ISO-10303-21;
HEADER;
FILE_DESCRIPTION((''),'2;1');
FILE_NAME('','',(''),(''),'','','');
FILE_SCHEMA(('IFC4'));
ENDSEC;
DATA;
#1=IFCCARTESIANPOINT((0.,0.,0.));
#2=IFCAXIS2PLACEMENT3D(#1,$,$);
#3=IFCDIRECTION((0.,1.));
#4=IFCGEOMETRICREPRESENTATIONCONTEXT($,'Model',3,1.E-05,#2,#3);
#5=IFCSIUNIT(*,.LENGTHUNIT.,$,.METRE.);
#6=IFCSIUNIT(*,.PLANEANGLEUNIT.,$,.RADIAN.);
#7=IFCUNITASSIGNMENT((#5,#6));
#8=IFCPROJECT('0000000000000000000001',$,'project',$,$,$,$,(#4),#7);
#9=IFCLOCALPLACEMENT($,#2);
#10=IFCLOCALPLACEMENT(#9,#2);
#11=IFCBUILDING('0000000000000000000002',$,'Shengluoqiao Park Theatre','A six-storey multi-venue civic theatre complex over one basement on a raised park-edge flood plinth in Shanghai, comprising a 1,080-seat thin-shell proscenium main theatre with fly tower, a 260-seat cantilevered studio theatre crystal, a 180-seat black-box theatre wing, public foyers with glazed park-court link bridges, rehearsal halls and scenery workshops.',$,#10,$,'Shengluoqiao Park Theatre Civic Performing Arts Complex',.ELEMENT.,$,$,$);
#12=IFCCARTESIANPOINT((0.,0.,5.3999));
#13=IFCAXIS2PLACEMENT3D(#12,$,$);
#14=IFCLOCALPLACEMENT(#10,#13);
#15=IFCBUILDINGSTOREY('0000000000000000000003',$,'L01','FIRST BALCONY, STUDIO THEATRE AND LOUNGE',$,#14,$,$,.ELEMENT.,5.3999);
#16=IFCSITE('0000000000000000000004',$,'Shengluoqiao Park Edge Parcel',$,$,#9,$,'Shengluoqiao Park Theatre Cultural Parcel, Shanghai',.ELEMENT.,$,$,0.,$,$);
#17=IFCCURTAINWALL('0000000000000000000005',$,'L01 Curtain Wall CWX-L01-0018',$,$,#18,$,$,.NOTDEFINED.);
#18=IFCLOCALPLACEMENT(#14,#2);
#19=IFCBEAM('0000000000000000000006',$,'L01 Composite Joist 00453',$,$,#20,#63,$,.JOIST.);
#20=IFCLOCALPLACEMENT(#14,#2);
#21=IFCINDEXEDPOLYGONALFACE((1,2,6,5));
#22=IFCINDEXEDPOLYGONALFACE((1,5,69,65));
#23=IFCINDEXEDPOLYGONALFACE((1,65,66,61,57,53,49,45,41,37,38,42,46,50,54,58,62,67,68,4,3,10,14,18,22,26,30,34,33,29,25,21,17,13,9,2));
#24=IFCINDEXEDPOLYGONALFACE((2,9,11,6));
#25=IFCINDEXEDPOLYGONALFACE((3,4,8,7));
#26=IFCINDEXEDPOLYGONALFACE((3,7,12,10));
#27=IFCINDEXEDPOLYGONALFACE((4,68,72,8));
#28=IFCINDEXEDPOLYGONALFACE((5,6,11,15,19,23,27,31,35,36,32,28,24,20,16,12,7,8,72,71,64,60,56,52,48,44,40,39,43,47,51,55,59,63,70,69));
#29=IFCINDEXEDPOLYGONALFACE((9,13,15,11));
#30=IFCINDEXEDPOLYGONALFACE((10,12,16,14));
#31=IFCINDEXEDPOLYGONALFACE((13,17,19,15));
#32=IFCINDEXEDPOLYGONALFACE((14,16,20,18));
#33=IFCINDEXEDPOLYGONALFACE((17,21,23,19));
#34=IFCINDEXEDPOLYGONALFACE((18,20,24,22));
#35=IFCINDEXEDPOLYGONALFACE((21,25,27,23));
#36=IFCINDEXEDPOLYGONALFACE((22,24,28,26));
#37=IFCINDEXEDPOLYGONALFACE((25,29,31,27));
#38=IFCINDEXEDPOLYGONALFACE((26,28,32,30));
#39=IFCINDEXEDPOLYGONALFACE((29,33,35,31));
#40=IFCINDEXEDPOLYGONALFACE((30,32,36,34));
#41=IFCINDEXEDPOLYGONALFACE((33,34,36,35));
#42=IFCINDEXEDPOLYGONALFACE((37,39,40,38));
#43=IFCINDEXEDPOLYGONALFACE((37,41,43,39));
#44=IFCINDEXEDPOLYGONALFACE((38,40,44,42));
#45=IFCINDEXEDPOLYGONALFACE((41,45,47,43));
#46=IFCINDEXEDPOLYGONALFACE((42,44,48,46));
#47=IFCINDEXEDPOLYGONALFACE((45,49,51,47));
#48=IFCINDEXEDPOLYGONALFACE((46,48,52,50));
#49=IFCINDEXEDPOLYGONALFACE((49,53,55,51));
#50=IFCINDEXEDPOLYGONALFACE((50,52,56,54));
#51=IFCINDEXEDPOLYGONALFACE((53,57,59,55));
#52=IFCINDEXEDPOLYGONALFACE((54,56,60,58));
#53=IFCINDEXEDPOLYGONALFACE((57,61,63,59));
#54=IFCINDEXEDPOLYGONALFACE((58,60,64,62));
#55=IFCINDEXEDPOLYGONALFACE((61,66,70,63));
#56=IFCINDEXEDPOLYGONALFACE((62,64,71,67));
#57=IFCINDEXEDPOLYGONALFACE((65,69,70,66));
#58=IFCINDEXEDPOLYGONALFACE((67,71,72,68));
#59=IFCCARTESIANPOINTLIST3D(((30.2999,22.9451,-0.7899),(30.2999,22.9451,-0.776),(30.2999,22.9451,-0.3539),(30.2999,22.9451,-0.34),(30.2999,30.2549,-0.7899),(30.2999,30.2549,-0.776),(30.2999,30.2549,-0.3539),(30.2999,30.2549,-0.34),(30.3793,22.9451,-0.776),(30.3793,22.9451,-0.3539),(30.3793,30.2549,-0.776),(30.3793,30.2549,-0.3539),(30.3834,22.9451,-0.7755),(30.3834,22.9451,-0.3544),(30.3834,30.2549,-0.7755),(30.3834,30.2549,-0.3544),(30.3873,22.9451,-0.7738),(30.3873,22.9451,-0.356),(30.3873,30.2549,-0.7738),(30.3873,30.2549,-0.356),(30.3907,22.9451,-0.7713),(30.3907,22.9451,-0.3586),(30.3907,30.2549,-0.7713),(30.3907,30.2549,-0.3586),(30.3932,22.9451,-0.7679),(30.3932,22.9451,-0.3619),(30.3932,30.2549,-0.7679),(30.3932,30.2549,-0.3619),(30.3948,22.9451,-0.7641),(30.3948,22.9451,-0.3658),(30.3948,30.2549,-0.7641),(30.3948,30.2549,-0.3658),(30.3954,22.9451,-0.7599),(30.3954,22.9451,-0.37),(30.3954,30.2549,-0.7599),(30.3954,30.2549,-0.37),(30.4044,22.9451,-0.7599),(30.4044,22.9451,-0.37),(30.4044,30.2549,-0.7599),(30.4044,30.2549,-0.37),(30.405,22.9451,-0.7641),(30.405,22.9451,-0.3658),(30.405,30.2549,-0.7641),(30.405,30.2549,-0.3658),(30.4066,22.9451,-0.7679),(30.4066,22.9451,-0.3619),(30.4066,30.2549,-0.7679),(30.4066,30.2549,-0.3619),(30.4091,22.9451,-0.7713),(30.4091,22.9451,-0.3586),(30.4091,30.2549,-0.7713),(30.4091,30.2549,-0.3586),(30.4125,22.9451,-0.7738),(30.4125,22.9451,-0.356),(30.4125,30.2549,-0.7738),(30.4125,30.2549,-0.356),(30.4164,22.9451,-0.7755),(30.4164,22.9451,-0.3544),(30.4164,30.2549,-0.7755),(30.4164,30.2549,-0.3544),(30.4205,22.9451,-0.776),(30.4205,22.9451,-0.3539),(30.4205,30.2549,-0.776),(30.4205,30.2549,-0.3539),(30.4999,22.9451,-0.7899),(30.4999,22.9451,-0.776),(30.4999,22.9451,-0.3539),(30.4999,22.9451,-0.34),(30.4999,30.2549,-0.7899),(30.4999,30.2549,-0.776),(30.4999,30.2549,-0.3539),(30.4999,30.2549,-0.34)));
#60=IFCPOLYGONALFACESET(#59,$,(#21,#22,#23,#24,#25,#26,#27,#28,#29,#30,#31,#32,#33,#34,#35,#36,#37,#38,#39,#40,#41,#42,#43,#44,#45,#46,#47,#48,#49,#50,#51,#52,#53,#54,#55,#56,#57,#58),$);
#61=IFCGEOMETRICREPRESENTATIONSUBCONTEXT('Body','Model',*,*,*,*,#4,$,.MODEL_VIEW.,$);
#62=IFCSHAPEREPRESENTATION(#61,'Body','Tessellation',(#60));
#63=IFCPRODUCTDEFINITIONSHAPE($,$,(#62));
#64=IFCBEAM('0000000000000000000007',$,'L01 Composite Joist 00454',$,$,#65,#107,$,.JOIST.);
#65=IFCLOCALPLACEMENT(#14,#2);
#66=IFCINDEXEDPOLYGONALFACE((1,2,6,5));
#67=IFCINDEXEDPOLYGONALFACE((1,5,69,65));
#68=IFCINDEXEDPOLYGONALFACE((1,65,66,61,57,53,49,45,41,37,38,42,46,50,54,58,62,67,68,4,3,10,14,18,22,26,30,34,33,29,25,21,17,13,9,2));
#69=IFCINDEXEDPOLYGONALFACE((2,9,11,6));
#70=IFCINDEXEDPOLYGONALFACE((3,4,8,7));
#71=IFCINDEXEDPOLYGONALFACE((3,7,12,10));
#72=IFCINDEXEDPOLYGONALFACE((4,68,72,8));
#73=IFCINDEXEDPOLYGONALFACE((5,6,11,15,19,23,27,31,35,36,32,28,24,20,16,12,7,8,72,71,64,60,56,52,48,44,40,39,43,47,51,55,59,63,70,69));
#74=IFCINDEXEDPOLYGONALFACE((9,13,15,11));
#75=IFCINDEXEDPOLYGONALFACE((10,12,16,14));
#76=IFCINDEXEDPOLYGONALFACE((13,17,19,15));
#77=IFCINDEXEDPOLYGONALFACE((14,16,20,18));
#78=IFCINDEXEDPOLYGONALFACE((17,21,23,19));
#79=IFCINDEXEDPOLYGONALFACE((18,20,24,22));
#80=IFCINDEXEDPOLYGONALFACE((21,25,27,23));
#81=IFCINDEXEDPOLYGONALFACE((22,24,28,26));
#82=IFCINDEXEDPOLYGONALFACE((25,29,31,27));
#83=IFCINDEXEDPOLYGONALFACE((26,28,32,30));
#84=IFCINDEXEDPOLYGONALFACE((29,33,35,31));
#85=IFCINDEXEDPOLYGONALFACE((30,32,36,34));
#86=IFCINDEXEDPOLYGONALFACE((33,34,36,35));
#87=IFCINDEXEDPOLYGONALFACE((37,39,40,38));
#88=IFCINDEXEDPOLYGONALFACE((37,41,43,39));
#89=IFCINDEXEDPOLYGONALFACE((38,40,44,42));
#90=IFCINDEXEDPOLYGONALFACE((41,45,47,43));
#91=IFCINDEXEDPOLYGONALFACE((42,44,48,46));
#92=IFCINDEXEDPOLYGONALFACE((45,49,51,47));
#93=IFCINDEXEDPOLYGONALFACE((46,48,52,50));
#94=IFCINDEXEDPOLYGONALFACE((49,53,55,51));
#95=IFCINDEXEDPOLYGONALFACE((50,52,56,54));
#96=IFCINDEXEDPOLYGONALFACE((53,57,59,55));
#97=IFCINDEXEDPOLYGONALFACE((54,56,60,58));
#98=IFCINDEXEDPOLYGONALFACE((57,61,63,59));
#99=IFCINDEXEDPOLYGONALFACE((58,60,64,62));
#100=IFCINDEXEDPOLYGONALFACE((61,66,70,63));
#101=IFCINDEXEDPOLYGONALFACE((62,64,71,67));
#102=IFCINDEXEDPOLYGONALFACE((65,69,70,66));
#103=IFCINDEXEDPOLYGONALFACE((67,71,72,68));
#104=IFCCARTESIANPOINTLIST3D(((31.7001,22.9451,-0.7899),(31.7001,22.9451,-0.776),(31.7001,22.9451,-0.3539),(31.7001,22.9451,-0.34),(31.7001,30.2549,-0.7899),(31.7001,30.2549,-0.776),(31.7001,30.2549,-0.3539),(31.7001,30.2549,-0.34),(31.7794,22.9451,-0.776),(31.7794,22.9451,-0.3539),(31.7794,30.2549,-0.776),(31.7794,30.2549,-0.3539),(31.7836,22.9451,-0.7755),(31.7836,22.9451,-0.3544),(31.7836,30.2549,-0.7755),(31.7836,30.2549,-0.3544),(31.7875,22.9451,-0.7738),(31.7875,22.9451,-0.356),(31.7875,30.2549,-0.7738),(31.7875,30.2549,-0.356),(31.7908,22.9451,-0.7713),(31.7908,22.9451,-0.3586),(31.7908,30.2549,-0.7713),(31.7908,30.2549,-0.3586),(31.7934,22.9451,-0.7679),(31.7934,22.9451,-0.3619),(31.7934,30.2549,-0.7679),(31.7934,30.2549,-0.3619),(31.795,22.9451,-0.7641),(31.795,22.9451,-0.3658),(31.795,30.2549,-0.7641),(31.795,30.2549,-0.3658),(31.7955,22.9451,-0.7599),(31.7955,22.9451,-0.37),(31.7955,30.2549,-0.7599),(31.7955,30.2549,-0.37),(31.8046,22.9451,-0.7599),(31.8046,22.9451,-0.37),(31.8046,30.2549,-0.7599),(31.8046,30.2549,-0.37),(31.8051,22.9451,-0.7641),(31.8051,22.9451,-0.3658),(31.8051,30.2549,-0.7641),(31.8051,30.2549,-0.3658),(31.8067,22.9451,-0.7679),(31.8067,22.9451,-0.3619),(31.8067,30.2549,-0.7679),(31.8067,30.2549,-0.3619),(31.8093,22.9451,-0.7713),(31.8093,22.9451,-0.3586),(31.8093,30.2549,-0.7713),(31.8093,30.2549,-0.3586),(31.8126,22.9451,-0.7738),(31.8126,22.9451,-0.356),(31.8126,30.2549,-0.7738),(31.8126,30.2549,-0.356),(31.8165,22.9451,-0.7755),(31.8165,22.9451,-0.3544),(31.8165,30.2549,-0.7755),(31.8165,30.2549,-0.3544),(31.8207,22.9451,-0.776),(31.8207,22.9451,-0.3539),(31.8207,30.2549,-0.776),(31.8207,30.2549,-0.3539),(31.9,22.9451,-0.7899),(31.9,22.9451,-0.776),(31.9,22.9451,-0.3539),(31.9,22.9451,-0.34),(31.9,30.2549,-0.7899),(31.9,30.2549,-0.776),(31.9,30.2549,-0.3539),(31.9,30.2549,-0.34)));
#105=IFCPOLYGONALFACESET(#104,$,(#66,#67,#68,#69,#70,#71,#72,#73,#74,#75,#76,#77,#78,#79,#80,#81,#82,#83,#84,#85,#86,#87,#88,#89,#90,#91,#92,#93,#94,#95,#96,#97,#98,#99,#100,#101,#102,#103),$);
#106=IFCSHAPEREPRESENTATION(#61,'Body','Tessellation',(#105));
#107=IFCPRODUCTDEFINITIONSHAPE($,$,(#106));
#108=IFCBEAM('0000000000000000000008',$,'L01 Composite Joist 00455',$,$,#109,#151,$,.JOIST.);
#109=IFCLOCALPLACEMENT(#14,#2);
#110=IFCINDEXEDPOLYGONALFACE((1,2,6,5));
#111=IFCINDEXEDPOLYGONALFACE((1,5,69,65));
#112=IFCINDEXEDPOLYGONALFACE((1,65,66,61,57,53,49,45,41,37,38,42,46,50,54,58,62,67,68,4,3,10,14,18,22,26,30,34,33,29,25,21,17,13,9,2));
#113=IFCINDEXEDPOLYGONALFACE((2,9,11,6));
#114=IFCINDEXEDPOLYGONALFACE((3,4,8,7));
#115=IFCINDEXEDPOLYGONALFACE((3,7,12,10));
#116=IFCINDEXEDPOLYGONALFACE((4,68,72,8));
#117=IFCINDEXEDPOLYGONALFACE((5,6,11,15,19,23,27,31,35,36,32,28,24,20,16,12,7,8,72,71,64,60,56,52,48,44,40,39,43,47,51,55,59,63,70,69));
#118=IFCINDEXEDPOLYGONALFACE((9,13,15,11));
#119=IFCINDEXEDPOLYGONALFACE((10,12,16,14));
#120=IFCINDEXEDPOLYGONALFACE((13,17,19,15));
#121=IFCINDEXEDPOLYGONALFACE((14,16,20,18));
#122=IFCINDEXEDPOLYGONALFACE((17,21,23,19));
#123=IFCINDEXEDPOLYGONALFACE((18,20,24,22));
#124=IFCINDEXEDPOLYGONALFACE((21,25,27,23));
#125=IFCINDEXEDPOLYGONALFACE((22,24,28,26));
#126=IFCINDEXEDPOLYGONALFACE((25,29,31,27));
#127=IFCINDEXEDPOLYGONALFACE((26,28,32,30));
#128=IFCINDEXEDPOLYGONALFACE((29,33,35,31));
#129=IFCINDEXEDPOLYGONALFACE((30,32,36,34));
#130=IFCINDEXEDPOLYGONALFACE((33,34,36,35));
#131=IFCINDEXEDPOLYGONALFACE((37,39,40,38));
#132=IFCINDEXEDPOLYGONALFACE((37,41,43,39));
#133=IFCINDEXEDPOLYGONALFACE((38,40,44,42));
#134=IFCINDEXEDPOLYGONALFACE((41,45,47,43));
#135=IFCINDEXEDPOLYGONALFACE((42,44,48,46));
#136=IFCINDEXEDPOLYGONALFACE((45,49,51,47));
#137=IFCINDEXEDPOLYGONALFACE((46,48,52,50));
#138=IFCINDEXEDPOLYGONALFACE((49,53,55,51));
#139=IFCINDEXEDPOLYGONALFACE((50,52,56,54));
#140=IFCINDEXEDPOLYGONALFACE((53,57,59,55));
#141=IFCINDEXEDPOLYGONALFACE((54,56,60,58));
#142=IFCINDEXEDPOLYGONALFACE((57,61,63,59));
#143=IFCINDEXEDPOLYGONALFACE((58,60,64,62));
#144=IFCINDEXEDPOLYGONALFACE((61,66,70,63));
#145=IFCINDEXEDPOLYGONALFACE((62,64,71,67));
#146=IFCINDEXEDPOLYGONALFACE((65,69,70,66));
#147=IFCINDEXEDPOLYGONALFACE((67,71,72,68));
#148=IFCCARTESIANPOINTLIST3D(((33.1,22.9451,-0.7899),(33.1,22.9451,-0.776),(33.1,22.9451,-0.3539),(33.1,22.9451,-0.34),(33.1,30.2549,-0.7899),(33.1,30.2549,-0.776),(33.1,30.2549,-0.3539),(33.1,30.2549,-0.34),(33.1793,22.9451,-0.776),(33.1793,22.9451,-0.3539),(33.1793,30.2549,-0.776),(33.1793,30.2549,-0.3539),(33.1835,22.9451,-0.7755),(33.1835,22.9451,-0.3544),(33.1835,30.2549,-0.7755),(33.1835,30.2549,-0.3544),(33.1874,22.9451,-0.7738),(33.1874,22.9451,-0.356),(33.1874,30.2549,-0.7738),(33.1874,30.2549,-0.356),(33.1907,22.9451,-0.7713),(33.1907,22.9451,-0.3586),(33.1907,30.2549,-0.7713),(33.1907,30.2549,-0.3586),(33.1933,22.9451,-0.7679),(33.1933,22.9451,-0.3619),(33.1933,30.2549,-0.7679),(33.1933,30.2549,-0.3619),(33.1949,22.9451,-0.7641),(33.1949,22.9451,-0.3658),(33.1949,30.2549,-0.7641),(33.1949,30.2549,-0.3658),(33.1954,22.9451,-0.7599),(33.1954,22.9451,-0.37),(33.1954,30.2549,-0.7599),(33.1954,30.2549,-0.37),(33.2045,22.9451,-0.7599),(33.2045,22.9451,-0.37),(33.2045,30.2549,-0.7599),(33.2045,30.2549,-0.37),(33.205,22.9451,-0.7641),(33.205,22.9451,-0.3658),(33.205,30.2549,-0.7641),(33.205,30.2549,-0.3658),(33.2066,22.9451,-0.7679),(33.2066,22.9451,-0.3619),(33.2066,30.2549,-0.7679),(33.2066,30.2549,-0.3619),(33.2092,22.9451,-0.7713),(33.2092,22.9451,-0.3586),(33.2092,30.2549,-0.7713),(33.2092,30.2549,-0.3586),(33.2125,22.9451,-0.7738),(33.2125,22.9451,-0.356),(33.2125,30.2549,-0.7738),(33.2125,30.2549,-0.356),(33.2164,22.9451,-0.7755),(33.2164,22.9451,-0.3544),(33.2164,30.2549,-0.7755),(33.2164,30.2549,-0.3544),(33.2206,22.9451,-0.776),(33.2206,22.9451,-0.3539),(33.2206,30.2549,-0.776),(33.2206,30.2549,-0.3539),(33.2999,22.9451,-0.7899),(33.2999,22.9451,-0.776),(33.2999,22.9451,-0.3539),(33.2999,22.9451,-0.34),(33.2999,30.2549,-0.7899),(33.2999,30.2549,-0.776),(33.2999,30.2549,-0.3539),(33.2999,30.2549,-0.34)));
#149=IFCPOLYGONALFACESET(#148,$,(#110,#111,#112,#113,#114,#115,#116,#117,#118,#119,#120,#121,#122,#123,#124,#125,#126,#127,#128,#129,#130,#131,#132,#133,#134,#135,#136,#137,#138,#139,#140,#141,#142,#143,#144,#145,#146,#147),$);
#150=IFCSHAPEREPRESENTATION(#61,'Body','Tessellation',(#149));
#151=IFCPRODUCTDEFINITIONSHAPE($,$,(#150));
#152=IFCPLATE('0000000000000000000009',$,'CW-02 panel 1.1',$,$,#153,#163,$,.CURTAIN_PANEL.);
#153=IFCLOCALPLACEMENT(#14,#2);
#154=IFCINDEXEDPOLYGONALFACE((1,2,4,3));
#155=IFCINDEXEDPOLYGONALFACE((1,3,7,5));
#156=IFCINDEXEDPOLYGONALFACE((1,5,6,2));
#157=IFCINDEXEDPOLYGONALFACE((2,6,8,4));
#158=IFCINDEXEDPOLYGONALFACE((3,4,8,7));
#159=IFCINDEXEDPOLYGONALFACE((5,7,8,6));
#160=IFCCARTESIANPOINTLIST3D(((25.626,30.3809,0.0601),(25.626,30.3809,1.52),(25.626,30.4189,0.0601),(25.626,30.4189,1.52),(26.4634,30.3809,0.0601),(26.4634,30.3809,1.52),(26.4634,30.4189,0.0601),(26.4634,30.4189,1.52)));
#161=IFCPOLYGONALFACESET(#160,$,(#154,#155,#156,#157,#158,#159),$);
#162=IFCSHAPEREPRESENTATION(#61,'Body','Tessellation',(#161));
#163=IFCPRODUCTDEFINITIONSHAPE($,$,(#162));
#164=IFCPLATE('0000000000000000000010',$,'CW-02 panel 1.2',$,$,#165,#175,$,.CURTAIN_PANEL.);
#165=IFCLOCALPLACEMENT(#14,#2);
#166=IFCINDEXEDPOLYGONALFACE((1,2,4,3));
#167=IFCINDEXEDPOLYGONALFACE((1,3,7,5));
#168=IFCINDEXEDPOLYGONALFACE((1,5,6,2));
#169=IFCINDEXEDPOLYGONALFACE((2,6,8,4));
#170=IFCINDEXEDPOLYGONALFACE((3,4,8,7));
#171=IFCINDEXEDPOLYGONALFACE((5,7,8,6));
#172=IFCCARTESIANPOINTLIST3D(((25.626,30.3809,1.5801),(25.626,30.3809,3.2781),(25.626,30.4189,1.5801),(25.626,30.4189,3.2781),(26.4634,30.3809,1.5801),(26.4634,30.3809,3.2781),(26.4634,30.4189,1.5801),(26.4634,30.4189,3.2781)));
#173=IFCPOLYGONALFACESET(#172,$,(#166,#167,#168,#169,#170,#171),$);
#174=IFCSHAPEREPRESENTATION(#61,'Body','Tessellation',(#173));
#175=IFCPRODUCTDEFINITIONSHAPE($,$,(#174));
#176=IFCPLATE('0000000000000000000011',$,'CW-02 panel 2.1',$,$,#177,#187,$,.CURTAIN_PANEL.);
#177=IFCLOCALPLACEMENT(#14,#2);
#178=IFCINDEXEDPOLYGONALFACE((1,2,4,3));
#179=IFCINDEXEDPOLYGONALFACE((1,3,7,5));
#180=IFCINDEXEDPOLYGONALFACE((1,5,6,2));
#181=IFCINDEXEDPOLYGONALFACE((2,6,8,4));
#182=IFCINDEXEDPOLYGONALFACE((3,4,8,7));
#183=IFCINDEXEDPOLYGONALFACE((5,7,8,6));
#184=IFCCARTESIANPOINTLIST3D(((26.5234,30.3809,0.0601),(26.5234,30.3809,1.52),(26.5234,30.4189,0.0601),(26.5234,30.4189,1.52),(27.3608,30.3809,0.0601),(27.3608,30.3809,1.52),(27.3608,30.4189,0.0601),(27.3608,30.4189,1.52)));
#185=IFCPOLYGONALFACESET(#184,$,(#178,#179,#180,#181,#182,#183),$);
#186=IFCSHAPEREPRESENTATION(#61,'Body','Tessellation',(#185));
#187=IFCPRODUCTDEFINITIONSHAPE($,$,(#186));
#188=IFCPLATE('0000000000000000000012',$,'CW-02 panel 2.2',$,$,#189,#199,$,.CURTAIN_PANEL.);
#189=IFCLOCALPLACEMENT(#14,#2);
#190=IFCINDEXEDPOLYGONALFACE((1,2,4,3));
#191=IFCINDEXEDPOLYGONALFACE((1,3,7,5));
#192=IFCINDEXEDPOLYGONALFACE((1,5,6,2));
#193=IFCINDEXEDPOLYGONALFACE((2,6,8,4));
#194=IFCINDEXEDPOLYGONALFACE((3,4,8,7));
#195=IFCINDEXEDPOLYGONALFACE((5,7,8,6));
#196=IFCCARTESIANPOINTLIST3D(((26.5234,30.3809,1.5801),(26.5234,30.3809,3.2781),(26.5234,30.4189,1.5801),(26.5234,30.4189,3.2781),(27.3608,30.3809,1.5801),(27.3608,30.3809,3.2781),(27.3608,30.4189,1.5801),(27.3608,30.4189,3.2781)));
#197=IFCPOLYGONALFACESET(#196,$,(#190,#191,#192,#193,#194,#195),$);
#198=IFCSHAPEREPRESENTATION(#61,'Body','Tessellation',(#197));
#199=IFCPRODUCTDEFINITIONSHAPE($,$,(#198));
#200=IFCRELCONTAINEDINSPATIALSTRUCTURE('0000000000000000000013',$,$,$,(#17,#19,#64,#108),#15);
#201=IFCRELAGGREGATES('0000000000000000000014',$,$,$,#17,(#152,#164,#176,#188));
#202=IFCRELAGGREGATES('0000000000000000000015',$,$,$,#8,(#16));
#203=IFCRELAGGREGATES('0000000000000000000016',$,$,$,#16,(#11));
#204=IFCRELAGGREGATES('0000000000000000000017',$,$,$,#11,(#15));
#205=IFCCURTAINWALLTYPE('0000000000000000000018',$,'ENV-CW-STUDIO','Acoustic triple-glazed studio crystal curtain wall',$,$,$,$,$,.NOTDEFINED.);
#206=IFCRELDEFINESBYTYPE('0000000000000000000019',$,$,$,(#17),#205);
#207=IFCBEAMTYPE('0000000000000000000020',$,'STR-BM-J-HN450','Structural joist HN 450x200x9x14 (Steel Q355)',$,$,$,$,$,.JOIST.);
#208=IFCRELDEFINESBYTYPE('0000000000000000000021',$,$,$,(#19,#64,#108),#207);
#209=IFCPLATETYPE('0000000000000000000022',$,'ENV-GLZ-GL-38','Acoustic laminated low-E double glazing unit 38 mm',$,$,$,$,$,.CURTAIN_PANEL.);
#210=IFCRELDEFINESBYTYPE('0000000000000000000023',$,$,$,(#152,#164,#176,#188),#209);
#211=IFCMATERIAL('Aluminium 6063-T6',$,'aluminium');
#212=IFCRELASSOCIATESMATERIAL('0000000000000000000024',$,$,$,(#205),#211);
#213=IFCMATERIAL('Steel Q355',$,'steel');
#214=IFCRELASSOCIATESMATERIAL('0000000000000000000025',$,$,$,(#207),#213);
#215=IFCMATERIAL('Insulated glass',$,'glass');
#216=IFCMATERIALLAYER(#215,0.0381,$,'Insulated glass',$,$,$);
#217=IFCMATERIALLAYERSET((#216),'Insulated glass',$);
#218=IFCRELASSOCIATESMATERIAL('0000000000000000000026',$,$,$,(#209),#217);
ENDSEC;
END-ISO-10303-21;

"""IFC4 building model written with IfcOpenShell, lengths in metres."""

from ifc_helpers import new_model, si_unit, direction, frame, origin, origin_2d, place, context, subcontext, project, spatial, rectangle, i_section, extrude, material, layer, layer_set, material_profile, profile_set, type_object, element, aggregate, save


model = new_model("IFC4")

# Units and contexts
model_context = context("Model", 3, precision=1e-05, world=origin(), true_north=direction((0.0, 1.0)))
body_context = subcontext(model_context, "Body", "Model", "MODEL_VIEW")
ifc_project = project(units=[si_unit("LENGTHUNIT", "METRE"), si_unit("PLANEANGLEUNIT", "RADIAN")], contexts=[model_context])

# Site, building, storey
site_placement = place(None, origin())
site = spatial("IfcSite", under=ifc_project, at=site_placement, Name="Shengluoqiao Park Edge Parcel", LongName="Shengluoqiao Park Theatre Cultural Parcel, Shanghai", CompositionType="ELEMENT", RefElevation=0.0)
building_placement = place(site_placement, origin())
building = spatial("IfcBuilding", under=site, at=building_placement, Name="Shengluoqiao Park Theatre", Description="A six-storey multi-venue civic theatre complex over one basement on a raised park-edge flood plinth in Shanghai, comprising a 1,080-seat thin-shell proscenium main theatre with fly tower, a 260-seat cantilevered studio theatre crystal, a 180-seat black-box theatre wing, public foyers with glazed park-court link bridges, rehearsal halls and scenery workshops.", LongName="Shengluoqiao Park Theatre Civic Performing Arts Complex", CompositionType="ELEMENT")
storey_placement = place(building_placement, frame((0.0, 0.0, 5.3999)))
storey = spatial("IfcBuildingStorey", under=building, at=storey_placement, Name="L01", Description="FIRST BALCONY, STUDIO THEATRE AND LOUNGE", CompositionType="ELEMENT", Elevation=5.3999)

# Shared definitions
ifc_material_1 = material(Name="Steel Q355", Category="steel")

# Curtain wall
ifc_material_2 = material(Name="Aluminium 6063-T6", Category="aluminium")
curtain_wall_type_1 = type_object("IfcCurtainWallType", Name="ENV-CW-STUDIO", Description="Acoustic triple-glazed studio crystal curtain wall", PredefinedType="NOTDEFINED", material=ifc_material_2)
curtain_wall_1_placement = place(storey_placement, origin())
curtain_wall_1 = element("IfcCurtainWall", 1, at=curtain_wall_1_placement, inside=storey, type_object=curtain_wall_type_1, Name="L01 Curtain Wall CWX-L01-0018", PredefinedType="NOTDEFINED")

# Beams
ifc_material_profile_1 = material_profile(ifc_material_1, i_section(OverallWidth=0.2, OverallDepth=0.45, WebThickness=0.009, FlangeThickness=0.0139, FilletRadius=0.0161, at=origin_2d()), Name="HN 450x200x9x14")
ifc_profile_set_1 = profile_set([ifc_material_profile_1], Name="Steel Q355")
beam_type_1 = type_object("IfcBeamType", Name="STR-BM-J-HN450", Description="Structural joist HN 450x200x9x14 (Steel Q355)", PredefinedType="JOIST", material=ifc_profile_set_1)
for number, where, z_axis, x_axis, name in (
    (2, (30.3999, 22.9451, -0.5649), (0.0, 1.0, 0.0), (-1.0, 0.0, 0.0), "L01 Composite Joist 00453"),
    (3, (31.8, 22.9451, -0.5649), (0.0, 1.0, 0.0), (-1.0, 0.0, 0.0), "L01 Composite Joist 00454"),
    (4, (33.2, 22.9451, -0.5649), (0.0, 1.0, 0.0), (-1.0, 0.0, 0.0), "L01 Composite Joist 00455"),
):
    element("IfcBeam", number, at=place(storey_placement, frame(where, z_axis=z_axis, x_axis=x_axis)), inside=storey, type_object=beam_type_1, Name=name, PredefinedType="JOIST", context=body_context, shape_type="SweptSolid", body=[
        extrude(i_section(OverallWidth=0.2, OverallDepth=0.45, WebThickness=0.009, FlangeThickness=0.0139, FilletRadius=0.0161, at=origin_2d()), origin(), (0.0, 0.0, 1.0), 7.3098),
    ])

# Plates
ifc_material_3 = material(Name="Insulated glass", Category="glass")
ifc_layer_1 = layer(ifc_material_3, 0.0381, Name="Insulated glass")
ifc_layer_set_1 = layer_set([ifc_layer_1], Name="Insulated glass")
plate_type = type_object("IfcPlateType", Name="ENV-GLZ-GL-38", Description="Acoustic laminated low-E double glazing unit 38 mm", PredefinedType="CURTAIN_PANEL", material=ifc_layer_set_1)
plate_1_placement = place(storey_placement, frame((26.0447, 30.3999, 0.0601), z_axis=(0.0, 0.0, 1.0), x_axis=(1.0, 0.0, 0.0)))
plate_1 = element("IfcPlate", 5, at=plate_1_placement, type_object=plate_type, Name="CW-02 panel 1.1", PredefinedType="CURTAIN_PANEL", context=body_context, shape_type="SweptSolid", body=[
    extrude(rectangle(XDim=0.8374, YDim=0.0381, at=origin_2d()), origin(), (0.0, 0.0, 1.0), 1.46),
])
plate_2_placement = place(storey_placement, frame((26.0447, 30.3999, 1.5801), z_axis=(0.0, 0.0, 1.0), x_axis=(1.0, 0.0, 0.0)))
plate_2 = element("IfcPlate", 6, at=plate_2_placement, type_object=plate_type, Name="CW-02 panel 1.2", PredefinedType="CURTAIN_PANEL", context=body_context, shape_type="SweptSolid", body=[
    extrude(rectangle(XDim=0.8374, YDim=0.0381, at=origin_2d()), origin(), (0.0, 0.0, 1.0), 1.698),
])
plate_3_placement = place(storey_placement, frame((26.9421, 30.3999, 0.0601), z_axis=(0.0, 0.0, 1.0), x_axis=(1.0, 0.0, 0.0)))
plate_3 = element("IfcPlate", 7, at=plate_3_placement, type_object=plate_type, Name="CW-02 panel 2.1", PredefinedType="CURTAIN_PANEL", context=body_context, shape_type="SweptSolid", body=[
    extrude(rectangle(XDim=0.8374, YDim=0.0381, at=origin_2d()), origin(), (0.0, 0.0, 1.0), 1.46),
])
plate_4_placement = place(storey_placement, frame((26.9421, 30.3999, 1.5801), z_axis=(0.0, 0.0, 1.0), x_axis=(1.0, 0.0, 0.0)))
plate_4 = element("IfcPlate", 8, at=plate_4_placement, type_object=plate_type, Name="CW-02 panel 2.2", PredefinedType="CURTAIN_PANEL", context=body_context, shape_type="SweptSolid", body=[
    extrude(rectangle(XDim=0.8374, YDim=0.0381, at=origin_2d()), origin(), (0.0, 0.0, 1.0), 1.698),
])
aggregate(curtain_wall_1, [plate_1, plate_2, plate_3, plate_4])

save(model, "model.ifc")
